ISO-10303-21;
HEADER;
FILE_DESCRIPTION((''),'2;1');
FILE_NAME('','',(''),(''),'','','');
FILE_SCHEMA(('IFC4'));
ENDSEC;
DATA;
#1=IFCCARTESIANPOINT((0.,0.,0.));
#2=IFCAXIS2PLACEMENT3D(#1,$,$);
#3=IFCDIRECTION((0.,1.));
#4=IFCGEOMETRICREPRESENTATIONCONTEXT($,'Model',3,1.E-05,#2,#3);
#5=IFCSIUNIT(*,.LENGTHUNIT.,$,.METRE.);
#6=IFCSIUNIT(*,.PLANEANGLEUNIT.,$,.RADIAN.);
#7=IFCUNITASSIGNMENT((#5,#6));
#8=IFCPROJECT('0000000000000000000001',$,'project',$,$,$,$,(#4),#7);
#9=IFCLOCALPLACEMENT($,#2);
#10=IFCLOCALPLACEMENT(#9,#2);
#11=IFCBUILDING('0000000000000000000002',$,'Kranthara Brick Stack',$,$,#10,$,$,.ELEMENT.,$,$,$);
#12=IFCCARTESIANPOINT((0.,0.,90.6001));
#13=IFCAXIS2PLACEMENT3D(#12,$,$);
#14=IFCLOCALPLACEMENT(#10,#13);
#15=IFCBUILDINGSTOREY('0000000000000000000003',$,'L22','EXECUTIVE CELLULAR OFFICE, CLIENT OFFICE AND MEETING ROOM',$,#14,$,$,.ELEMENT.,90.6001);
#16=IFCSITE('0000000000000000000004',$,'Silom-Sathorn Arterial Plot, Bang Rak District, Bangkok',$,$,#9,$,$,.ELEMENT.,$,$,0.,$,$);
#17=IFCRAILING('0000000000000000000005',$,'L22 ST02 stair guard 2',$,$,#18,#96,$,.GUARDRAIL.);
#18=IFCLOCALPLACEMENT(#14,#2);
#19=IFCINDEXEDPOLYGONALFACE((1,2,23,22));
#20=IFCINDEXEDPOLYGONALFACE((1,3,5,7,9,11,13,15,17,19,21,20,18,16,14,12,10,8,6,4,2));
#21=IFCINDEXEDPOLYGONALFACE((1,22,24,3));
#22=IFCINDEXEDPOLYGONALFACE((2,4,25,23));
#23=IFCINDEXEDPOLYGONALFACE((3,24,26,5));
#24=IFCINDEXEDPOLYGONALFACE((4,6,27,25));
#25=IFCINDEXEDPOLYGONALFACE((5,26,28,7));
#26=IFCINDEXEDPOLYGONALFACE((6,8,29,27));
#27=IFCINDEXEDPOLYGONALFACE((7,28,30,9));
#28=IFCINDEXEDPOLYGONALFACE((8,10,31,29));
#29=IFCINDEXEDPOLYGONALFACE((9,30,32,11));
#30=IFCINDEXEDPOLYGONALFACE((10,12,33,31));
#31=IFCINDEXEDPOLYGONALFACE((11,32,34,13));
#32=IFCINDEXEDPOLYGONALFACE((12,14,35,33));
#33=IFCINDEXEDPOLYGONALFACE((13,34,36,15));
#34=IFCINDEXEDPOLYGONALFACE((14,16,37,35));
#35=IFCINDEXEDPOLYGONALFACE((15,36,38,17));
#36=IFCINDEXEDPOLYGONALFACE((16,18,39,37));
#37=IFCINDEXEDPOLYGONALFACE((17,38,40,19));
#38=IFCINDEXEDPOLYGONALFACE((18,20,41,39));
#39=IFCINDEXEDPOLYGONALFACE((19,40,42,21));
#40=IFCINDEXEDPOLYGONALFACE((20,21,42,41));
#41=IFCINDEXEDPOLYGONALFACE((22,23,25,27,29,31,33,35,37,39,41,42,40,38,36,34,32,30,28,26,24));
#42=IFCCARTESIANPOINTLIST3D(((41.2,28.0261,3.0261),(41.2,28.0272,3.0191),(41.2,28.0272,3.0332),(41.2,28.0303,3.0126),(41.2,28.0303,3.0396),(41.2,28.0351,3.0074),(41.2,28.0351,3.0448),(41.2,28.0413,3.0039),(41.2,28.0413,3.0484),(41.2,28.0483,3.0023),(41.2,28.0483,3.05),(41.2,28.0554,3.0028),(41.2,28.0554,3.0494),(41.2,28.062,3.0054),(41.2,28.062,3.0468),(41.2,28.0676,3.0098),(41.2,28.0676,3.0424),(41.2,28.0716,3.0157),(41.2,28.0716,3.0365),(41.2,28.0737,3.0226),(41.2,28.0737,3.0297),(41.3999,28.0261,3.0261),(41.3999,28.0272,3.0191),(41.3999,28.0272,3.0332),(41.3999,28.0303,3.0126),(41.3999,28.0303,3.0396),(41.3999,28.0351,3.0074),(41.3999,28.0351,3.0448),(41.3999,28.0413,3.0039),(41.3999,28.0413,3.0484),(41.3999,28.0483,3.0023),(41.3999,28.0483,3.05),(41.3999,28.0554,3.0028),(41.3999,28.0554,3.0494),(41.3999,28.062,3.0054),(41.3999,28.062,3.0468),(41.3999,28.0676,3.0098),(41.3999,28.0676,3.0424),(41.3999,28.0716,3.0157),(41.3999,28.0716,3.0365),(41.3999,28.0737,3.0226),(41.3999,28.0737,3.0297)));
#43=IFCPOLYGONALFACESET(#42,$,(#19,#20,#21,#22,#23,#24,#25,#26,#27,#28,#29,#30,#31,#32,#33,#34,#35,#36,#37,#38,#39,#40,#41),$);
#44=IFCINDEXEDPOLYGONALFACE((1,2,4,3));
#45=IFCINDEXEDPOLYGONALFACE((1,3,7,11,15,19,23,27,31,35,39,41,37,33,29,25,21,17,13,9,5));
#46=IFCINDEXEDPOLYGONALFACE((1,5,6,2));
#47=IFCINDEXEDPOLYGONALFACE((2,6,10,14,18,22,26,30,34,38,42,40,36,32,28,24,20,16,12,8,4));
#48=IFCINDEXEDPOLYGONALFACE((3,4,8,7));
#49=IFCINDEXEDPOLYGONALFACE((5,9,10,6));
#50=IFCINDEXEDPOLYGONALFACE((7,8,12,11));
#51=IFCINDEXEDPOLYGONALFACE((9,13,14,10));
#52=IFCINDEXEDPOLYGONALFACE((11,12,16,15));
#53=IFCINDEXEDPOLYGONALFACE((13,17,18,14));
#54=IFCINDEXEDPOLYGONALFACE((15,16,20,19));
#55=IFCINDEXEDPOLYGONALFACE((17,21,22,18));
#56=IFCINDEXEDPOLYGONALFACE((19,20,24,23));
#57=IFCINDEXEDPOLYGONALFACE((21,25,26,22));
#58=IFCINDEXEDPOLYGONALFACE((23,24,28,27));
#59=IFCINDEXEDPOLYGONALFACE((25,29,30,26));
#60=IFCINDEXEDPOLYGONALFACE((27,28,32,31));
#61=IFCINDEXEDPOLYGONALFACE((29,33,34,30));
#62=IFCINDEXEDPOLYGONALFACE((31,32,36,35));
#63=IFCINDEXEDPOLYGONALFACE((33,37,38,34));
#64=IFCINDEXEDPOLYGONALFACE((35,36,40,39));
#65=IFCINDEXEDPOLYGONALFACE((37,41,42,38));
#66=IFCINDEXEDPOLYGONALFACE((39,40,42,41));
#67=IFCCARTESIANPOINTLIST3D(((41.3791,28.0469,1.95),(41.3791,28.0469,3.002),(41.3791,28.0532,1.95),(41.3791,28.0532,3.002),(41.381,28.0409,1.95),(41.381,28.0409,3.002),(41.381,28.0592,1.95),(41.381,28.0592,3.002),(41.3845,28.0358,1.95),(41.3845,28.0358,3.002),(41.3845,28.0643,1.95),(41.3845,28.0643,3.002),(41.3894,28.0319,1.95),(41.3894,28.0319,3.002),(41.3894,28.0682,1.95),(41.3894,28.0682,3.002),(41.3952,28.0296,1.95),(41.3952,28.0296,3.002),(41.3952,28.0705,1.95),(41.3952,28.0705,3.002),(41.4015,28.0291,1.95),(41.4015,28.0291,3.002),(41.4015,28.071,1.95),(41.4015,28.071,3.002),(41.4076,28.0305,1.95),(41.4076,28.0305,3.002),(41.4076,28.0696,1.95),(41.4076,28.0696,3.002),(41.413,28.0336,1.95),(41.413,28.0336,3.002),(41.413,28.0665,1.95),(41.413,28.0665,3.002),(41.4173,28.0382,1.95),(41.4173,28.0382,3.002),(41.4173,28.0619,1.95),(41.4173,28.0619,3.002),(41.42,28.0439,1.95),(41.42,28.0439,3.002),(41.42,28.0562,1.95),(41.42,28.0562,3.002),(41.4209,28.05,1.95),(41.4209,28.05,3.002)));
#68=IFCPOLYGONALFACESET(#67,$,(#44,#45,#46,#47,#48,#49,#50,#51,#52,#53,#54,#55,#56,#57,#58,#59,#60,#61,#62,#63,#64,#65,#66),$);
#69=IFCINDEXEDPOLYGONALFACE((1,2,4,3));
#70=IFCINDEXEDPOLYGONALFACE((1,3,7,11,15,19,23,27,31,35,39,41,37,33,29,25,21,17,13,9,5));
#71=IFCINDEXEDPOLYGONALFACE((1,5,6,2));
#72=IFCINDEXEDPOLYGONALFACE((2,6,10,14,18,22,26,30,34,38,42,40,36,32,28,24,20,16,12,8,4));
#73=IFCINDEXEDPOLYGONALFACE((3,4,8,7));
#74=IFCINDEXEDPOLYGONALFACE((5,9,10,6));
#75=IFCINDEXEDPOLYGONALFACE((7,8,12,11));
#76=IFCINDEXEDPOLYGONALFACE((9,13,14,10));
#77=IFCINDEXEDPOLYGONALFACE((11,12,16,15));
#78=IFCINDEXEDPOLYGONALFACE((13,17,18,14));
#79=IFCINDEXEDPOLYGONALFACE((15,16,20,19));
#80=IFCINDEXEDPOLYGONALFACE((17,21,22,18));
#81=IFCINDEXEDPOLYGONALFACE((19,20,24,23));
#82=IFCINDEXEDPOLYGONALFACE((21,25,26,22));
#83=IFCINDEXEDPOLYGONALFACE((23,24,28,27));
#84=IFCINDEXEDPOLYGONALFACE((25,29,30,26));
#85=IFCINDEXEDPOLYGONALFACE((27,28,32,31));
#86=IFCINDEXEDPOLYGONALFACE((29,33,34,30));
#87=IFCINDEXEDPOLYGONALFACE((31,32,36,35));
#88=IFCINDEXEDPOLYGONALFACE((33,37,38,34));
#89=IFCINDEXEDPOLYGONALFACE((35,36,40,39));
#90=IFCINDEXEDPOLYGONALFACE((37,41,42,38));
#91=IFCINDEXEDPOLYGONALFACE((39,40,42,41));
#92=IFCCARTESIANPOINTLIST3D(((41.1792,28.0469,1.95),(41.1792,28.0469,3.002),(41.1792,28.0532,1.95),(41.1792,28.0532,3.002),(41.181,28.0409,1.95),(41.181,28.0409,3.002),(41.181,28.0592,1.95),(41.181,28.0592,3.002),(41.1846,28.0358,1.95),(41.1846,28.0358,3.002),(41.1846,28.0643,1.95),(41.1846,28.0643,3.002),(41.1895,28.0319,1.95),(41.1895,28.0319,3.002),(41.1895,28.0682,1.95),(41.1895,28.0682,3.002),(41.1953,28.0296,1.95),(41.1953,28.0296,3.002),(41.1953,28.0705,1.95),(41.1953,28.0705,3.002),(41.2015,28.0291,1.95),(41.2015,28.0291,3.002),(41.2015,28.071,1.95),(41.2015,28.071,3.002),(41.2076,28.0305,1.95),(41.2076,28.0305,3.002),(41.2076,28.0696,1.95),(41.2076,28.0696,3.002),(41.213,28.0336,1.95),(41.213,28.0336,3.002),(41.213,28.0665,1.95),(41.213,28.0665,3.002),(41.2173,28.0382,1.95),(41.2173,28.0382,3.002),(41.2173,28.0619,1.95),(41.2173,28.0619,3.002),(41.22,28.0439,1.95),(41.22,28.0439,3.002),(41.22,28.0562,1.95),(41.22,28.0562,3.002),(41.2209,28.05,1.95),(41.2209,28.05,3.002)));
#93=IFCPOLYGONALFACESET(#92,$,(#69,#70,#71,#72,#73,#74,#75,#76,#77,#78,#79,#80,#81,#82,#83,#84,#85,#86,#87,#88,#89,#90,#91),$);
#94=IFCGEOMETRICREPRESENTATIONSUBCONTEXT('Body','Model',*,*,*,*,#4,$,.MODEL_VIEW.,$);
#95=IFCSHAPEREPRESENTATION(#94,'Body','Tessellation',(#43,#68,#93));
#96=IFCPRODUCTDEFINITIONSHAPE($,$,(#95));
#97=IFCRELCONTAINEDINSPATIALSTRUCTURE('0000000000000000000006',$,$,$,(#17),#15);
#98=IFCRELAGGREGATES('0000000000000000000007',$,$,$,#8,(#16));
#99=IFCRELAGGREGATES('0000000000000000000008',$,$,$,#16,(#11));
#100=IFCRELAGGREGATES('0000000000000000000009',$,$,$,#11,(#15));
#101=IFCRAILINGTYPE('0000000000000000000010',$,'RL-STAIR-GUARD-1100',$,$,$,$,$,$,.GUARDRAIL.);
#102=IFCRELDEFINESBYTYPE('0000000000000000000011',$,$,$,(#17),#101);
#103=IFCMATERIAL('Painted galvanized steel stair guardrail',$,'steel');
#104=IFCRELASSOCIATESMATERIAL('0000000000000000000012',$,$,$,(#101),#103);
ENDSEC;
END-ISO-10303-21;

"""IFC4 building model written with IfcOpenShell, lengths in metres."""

from ifc_helpers import new_model, si_unit, direction, frame, origin, origin_2d, place, context, subcontext, project, spatial, circle, extrude, material, type_object, element, save


model = new_model("IFC4")

# Units and contexts
model_context = context("Model", 3, precision=1e-05, world=origin(), true_north=direction((0.0, 1.0)))
body_context = subcontext(model_context, "Body", "Model", "MODEL_VIEW")
ifc_project = project(units=[si_unit("LENGTHUNIT", "METRE"), si_unit("PLANEANGLEUNIT", "RADIAN")], contexts=[model_context])

# Site, building, storey
site_placement = place(None, origin())
site = spatial("IfcSite", under=ifc_project, at=site_placement, Name="Silom-Sathorn Arterial Plot, Bang Rak District, Bangkok", CompositionType="ELEMENT", RefElevation=0.0)
building_placement = place(site_placement, origin())
building = spatial("IfcBuilding", under=site, at=building_placement, Name="Kranthara Brick Stack", CompositionType="ELEMENT")
storey_placement = place(building_placement, frame((0.0, 0.0, 90.6001)))
storey = spatial("IfcBuildingStorey", under=building, at=storey_placement, Name="L22", Description="EXECUTIVE CELLULAR OFFICE, CLIENT OFFICE AND MEETING ROOM", CompositionType="ELEMENT", Elevation=90.6001)

# Railing
ifc_material_1 = material(Name="Painted galvanized steel stair guardrail", Category="steel")
railing_type_1 = type_object("IfcRailingType", Name="RL-STAIR-GUARD-1100", PredefinedType="GUARDRAIL", material=ifc_material_1)
railing_1_placement = place(storey_placement, frame((41.3999, 28.05, 1.95)))
element("IfcRailing", 1, at=railing_1_placement, inside=storey, type_object=railing_type_1, Name="L22 ST02 stair guard 2", PredefinedType="GUARDRAIL", context=body_context, shape_type="SweptSolid", body=[
    extrude(circle(Radius=0.0239, at=origin_2d()), frame((0.0, 0.0, 1.0762), z_axis=(-1.0, 0.0, 0.0), x_axis=(0.0, -1.0, 0.0)), (0.0, 0.0, 1.0), 0.2),
    extrude(circle(Radius=0.021, at=origin_2d()), origin(), (0.0, 0.0, 1.0), 1.052),
    extrude(circle(Radius=0.021, at=origin_2d()), frame((-0.2, 0.0, 0.0)), (0.0, 0.0, 1.0), 1.052),
])

save(model, "model.ifc")
